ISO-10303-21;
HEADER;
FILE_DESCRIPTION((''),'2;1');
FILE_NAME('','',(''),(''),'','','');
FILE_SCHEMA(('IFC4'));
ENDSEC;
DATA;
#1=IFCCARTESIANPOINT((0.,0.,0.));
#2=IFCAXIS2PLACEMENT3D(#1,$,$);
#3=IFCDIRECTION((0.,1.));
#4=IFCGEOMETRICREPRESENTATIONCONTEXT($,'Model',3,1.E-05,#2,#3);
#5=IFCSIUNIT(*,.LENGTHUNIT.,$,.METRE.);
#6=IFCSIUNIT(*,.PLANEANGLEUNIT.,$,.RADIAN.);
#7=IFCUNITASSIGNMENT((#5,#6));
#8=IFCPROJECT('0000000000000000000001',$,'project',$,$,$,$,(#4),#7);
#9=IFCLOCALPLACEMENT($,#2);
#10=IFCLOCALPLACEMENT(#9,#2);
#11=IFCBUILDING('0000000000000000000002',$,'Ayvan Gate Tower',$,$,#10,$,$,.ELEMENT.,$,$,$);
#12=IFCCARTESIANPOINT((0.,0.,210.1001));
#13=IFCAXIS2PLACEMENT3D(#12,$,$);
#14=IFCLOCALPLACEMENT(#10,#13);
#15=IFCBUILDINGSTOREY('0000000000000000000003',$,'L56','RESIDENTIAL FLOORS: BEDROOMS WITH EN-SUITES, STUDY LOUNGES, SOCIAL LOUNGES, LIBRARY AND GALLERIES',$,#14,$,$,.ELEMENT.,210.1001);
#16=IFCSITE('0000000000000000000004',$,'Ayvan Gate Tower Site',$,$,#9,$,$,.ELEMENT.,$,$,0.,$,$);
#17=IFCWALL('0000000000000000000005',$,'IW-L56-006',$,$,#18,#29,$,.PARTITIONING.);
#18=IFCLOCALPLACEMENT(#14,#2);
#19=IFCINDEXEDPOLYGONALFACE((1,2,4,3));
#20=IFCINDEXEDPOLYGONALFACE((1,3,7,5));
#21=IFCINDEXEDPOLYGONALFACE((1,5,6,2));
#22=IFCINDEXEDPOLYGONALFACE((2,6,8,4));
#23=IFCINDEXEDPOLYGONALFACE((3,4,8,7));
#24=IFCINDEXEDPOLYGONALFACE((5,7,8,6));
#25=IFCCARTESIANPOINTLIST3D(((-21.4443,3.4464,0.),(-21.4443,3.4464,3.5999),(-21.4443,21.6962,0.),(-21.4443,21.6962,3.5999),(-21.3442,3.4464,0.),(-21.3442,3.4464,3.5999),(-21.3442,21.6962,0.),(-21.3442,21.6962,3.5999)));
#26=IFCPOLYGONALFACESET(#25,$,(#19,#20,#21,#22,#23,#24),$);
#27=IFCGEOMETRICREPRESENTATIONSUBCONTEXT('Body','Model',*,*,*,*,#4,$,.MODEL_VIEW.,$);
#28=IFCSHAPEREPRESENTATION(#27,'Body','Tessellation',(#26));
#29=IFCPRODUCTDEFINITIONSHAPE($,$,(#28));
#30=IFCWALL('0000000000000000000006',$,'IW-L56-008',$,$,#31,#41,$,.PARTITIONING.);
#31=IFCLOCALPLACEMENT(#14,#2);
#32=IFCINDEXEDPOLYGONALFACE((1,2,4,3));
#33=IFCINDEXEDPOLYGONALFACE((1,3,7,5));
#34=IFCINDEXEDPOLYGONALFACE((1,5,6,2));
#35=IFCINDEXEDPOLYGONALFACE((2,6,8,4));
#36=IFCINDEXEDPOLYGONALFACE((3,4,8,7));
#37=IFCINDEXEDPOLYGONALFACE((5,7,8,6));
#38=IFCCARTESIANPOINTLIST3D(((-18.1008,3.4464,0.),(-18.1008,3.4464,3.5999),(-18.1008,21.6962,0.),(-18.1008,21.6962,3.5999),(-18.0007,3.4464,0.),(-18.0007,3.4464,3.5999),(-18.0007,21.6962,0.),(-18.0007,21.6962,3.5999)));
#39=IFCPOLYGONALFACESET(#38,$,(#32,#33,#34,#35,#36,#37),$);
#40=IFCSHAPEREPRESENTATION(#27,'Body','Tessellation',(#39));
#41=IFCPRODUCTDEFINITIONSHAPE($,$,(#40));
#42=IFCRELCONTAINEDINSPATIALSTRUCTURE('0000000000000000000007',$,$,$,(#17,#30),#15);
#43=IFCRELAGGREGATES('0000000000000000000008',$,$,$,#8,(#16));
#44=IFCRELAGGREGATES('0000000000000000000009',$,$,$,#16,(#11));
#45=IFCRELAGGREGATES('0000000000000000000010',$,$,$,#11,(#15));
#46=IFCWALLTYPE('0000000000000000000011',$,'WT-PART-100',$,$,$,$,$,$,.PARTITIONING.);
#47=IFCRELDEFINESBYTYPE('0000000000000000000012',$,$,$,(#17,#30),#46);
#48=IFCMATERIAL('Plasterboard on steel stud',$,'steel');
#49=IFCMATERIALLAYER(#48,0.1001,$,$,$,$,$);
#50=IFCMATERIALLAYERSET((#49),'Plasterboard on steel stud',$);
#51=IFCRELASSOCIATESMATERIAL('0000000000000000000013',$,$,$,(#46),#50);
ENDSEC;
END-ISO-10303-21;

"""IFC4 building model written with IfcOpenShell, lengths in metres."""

from ifc_helpers import new_model, si_unit, direction, frame, frame_2d, origin, place, context, subcontext, project, spatial, rectangle, extrude, material, layer, layer_set, type_object, element, save


model = new_model("IFC4")

# Units and contexts
model_context = context("Model", 3, precision=1e-05, world=origin(), true_north=direction((0.0, 1.0)))
body_context = subcontext(model_context, "Body", "Model", "MODEL_VIEW")
ifc_project = project(units=[si_unit("LENGTHUNIT", "METRE"), si_unit("PLANEANGLEUNIT", "RADIAN")], contexts=[model_context])

# Site, building, storey
site_placement = place(None, origin())
site = spatial("IfcSite", under=ifc_project, at=site_placement, Name="Ayvan Gate Tower Site", CompositionType="ELEMENT", RefElevation=0.0)
building_placement = place(site_placement, origin())
building = spatial("IfcBuilding", under=site, at=building_placement, Name="Ayvan Gate Tower", CompositionType="ELEMENT")
storey_placement = place(building_placement, frame((0.0, 0.0, 210.1001)))
storey = spatial("IfcBuildingStorey", under=building, at=storey_placement, Name="L56", Description="RESIDENTIAL FLOORS: BEDROOMS WITH EN-SUITES, STUDY LOUNGES, SOCIAL LOUNGES, LIBRARY AND GALLERIES", CompositionType="ELEMENT", Elevation=210.1001)

# Shared definitions
ifc_material_1 = material(Name="Plasterboard on steel stud", Category="steel")
ifc_layer_1 = layer(ifc_material_1, 0.1001)
ifc_layer_set_1 = layer_set([ifc_layer_1], Name="Plasterboard on steel stud")
wall_type = type_object("IfcWallType", Name="WT-PART-100", PredefinedType="PARTITIONING", material=ifc_layer_set_1)

# Walls
for number, where, z_axis, x_axis, name in (
    (1, (-21.3943, 3.4463, 0.0), (0.0, 0.0, 1.0), (0.0, 1.0, 0.0), "IW-L56-006"),
    (2, (-18.0508, 3.4463, 0.0), (0.0, 0.0, 1.0), (0.0, 1.0, 0.0), "IW-L56-008"),
):
    element("IfcWall", number, at=place(storey_placement, frame(where, z_axis=z_axis, x_axis=x_axis)), inside=storey, type_object=wall_type, Name=name, PredefinedType="PARTITIONING", context=body_context, shape_type="SweptSolid", body=[
        extrude(rectangle(XDim=18.2498, YDim=0.1001, at=frame_2d((9.125, 0.0))), origin(), (0.0, 0.0, 1.0), 3.5999),
    ])

save(model, "model.ifc")
